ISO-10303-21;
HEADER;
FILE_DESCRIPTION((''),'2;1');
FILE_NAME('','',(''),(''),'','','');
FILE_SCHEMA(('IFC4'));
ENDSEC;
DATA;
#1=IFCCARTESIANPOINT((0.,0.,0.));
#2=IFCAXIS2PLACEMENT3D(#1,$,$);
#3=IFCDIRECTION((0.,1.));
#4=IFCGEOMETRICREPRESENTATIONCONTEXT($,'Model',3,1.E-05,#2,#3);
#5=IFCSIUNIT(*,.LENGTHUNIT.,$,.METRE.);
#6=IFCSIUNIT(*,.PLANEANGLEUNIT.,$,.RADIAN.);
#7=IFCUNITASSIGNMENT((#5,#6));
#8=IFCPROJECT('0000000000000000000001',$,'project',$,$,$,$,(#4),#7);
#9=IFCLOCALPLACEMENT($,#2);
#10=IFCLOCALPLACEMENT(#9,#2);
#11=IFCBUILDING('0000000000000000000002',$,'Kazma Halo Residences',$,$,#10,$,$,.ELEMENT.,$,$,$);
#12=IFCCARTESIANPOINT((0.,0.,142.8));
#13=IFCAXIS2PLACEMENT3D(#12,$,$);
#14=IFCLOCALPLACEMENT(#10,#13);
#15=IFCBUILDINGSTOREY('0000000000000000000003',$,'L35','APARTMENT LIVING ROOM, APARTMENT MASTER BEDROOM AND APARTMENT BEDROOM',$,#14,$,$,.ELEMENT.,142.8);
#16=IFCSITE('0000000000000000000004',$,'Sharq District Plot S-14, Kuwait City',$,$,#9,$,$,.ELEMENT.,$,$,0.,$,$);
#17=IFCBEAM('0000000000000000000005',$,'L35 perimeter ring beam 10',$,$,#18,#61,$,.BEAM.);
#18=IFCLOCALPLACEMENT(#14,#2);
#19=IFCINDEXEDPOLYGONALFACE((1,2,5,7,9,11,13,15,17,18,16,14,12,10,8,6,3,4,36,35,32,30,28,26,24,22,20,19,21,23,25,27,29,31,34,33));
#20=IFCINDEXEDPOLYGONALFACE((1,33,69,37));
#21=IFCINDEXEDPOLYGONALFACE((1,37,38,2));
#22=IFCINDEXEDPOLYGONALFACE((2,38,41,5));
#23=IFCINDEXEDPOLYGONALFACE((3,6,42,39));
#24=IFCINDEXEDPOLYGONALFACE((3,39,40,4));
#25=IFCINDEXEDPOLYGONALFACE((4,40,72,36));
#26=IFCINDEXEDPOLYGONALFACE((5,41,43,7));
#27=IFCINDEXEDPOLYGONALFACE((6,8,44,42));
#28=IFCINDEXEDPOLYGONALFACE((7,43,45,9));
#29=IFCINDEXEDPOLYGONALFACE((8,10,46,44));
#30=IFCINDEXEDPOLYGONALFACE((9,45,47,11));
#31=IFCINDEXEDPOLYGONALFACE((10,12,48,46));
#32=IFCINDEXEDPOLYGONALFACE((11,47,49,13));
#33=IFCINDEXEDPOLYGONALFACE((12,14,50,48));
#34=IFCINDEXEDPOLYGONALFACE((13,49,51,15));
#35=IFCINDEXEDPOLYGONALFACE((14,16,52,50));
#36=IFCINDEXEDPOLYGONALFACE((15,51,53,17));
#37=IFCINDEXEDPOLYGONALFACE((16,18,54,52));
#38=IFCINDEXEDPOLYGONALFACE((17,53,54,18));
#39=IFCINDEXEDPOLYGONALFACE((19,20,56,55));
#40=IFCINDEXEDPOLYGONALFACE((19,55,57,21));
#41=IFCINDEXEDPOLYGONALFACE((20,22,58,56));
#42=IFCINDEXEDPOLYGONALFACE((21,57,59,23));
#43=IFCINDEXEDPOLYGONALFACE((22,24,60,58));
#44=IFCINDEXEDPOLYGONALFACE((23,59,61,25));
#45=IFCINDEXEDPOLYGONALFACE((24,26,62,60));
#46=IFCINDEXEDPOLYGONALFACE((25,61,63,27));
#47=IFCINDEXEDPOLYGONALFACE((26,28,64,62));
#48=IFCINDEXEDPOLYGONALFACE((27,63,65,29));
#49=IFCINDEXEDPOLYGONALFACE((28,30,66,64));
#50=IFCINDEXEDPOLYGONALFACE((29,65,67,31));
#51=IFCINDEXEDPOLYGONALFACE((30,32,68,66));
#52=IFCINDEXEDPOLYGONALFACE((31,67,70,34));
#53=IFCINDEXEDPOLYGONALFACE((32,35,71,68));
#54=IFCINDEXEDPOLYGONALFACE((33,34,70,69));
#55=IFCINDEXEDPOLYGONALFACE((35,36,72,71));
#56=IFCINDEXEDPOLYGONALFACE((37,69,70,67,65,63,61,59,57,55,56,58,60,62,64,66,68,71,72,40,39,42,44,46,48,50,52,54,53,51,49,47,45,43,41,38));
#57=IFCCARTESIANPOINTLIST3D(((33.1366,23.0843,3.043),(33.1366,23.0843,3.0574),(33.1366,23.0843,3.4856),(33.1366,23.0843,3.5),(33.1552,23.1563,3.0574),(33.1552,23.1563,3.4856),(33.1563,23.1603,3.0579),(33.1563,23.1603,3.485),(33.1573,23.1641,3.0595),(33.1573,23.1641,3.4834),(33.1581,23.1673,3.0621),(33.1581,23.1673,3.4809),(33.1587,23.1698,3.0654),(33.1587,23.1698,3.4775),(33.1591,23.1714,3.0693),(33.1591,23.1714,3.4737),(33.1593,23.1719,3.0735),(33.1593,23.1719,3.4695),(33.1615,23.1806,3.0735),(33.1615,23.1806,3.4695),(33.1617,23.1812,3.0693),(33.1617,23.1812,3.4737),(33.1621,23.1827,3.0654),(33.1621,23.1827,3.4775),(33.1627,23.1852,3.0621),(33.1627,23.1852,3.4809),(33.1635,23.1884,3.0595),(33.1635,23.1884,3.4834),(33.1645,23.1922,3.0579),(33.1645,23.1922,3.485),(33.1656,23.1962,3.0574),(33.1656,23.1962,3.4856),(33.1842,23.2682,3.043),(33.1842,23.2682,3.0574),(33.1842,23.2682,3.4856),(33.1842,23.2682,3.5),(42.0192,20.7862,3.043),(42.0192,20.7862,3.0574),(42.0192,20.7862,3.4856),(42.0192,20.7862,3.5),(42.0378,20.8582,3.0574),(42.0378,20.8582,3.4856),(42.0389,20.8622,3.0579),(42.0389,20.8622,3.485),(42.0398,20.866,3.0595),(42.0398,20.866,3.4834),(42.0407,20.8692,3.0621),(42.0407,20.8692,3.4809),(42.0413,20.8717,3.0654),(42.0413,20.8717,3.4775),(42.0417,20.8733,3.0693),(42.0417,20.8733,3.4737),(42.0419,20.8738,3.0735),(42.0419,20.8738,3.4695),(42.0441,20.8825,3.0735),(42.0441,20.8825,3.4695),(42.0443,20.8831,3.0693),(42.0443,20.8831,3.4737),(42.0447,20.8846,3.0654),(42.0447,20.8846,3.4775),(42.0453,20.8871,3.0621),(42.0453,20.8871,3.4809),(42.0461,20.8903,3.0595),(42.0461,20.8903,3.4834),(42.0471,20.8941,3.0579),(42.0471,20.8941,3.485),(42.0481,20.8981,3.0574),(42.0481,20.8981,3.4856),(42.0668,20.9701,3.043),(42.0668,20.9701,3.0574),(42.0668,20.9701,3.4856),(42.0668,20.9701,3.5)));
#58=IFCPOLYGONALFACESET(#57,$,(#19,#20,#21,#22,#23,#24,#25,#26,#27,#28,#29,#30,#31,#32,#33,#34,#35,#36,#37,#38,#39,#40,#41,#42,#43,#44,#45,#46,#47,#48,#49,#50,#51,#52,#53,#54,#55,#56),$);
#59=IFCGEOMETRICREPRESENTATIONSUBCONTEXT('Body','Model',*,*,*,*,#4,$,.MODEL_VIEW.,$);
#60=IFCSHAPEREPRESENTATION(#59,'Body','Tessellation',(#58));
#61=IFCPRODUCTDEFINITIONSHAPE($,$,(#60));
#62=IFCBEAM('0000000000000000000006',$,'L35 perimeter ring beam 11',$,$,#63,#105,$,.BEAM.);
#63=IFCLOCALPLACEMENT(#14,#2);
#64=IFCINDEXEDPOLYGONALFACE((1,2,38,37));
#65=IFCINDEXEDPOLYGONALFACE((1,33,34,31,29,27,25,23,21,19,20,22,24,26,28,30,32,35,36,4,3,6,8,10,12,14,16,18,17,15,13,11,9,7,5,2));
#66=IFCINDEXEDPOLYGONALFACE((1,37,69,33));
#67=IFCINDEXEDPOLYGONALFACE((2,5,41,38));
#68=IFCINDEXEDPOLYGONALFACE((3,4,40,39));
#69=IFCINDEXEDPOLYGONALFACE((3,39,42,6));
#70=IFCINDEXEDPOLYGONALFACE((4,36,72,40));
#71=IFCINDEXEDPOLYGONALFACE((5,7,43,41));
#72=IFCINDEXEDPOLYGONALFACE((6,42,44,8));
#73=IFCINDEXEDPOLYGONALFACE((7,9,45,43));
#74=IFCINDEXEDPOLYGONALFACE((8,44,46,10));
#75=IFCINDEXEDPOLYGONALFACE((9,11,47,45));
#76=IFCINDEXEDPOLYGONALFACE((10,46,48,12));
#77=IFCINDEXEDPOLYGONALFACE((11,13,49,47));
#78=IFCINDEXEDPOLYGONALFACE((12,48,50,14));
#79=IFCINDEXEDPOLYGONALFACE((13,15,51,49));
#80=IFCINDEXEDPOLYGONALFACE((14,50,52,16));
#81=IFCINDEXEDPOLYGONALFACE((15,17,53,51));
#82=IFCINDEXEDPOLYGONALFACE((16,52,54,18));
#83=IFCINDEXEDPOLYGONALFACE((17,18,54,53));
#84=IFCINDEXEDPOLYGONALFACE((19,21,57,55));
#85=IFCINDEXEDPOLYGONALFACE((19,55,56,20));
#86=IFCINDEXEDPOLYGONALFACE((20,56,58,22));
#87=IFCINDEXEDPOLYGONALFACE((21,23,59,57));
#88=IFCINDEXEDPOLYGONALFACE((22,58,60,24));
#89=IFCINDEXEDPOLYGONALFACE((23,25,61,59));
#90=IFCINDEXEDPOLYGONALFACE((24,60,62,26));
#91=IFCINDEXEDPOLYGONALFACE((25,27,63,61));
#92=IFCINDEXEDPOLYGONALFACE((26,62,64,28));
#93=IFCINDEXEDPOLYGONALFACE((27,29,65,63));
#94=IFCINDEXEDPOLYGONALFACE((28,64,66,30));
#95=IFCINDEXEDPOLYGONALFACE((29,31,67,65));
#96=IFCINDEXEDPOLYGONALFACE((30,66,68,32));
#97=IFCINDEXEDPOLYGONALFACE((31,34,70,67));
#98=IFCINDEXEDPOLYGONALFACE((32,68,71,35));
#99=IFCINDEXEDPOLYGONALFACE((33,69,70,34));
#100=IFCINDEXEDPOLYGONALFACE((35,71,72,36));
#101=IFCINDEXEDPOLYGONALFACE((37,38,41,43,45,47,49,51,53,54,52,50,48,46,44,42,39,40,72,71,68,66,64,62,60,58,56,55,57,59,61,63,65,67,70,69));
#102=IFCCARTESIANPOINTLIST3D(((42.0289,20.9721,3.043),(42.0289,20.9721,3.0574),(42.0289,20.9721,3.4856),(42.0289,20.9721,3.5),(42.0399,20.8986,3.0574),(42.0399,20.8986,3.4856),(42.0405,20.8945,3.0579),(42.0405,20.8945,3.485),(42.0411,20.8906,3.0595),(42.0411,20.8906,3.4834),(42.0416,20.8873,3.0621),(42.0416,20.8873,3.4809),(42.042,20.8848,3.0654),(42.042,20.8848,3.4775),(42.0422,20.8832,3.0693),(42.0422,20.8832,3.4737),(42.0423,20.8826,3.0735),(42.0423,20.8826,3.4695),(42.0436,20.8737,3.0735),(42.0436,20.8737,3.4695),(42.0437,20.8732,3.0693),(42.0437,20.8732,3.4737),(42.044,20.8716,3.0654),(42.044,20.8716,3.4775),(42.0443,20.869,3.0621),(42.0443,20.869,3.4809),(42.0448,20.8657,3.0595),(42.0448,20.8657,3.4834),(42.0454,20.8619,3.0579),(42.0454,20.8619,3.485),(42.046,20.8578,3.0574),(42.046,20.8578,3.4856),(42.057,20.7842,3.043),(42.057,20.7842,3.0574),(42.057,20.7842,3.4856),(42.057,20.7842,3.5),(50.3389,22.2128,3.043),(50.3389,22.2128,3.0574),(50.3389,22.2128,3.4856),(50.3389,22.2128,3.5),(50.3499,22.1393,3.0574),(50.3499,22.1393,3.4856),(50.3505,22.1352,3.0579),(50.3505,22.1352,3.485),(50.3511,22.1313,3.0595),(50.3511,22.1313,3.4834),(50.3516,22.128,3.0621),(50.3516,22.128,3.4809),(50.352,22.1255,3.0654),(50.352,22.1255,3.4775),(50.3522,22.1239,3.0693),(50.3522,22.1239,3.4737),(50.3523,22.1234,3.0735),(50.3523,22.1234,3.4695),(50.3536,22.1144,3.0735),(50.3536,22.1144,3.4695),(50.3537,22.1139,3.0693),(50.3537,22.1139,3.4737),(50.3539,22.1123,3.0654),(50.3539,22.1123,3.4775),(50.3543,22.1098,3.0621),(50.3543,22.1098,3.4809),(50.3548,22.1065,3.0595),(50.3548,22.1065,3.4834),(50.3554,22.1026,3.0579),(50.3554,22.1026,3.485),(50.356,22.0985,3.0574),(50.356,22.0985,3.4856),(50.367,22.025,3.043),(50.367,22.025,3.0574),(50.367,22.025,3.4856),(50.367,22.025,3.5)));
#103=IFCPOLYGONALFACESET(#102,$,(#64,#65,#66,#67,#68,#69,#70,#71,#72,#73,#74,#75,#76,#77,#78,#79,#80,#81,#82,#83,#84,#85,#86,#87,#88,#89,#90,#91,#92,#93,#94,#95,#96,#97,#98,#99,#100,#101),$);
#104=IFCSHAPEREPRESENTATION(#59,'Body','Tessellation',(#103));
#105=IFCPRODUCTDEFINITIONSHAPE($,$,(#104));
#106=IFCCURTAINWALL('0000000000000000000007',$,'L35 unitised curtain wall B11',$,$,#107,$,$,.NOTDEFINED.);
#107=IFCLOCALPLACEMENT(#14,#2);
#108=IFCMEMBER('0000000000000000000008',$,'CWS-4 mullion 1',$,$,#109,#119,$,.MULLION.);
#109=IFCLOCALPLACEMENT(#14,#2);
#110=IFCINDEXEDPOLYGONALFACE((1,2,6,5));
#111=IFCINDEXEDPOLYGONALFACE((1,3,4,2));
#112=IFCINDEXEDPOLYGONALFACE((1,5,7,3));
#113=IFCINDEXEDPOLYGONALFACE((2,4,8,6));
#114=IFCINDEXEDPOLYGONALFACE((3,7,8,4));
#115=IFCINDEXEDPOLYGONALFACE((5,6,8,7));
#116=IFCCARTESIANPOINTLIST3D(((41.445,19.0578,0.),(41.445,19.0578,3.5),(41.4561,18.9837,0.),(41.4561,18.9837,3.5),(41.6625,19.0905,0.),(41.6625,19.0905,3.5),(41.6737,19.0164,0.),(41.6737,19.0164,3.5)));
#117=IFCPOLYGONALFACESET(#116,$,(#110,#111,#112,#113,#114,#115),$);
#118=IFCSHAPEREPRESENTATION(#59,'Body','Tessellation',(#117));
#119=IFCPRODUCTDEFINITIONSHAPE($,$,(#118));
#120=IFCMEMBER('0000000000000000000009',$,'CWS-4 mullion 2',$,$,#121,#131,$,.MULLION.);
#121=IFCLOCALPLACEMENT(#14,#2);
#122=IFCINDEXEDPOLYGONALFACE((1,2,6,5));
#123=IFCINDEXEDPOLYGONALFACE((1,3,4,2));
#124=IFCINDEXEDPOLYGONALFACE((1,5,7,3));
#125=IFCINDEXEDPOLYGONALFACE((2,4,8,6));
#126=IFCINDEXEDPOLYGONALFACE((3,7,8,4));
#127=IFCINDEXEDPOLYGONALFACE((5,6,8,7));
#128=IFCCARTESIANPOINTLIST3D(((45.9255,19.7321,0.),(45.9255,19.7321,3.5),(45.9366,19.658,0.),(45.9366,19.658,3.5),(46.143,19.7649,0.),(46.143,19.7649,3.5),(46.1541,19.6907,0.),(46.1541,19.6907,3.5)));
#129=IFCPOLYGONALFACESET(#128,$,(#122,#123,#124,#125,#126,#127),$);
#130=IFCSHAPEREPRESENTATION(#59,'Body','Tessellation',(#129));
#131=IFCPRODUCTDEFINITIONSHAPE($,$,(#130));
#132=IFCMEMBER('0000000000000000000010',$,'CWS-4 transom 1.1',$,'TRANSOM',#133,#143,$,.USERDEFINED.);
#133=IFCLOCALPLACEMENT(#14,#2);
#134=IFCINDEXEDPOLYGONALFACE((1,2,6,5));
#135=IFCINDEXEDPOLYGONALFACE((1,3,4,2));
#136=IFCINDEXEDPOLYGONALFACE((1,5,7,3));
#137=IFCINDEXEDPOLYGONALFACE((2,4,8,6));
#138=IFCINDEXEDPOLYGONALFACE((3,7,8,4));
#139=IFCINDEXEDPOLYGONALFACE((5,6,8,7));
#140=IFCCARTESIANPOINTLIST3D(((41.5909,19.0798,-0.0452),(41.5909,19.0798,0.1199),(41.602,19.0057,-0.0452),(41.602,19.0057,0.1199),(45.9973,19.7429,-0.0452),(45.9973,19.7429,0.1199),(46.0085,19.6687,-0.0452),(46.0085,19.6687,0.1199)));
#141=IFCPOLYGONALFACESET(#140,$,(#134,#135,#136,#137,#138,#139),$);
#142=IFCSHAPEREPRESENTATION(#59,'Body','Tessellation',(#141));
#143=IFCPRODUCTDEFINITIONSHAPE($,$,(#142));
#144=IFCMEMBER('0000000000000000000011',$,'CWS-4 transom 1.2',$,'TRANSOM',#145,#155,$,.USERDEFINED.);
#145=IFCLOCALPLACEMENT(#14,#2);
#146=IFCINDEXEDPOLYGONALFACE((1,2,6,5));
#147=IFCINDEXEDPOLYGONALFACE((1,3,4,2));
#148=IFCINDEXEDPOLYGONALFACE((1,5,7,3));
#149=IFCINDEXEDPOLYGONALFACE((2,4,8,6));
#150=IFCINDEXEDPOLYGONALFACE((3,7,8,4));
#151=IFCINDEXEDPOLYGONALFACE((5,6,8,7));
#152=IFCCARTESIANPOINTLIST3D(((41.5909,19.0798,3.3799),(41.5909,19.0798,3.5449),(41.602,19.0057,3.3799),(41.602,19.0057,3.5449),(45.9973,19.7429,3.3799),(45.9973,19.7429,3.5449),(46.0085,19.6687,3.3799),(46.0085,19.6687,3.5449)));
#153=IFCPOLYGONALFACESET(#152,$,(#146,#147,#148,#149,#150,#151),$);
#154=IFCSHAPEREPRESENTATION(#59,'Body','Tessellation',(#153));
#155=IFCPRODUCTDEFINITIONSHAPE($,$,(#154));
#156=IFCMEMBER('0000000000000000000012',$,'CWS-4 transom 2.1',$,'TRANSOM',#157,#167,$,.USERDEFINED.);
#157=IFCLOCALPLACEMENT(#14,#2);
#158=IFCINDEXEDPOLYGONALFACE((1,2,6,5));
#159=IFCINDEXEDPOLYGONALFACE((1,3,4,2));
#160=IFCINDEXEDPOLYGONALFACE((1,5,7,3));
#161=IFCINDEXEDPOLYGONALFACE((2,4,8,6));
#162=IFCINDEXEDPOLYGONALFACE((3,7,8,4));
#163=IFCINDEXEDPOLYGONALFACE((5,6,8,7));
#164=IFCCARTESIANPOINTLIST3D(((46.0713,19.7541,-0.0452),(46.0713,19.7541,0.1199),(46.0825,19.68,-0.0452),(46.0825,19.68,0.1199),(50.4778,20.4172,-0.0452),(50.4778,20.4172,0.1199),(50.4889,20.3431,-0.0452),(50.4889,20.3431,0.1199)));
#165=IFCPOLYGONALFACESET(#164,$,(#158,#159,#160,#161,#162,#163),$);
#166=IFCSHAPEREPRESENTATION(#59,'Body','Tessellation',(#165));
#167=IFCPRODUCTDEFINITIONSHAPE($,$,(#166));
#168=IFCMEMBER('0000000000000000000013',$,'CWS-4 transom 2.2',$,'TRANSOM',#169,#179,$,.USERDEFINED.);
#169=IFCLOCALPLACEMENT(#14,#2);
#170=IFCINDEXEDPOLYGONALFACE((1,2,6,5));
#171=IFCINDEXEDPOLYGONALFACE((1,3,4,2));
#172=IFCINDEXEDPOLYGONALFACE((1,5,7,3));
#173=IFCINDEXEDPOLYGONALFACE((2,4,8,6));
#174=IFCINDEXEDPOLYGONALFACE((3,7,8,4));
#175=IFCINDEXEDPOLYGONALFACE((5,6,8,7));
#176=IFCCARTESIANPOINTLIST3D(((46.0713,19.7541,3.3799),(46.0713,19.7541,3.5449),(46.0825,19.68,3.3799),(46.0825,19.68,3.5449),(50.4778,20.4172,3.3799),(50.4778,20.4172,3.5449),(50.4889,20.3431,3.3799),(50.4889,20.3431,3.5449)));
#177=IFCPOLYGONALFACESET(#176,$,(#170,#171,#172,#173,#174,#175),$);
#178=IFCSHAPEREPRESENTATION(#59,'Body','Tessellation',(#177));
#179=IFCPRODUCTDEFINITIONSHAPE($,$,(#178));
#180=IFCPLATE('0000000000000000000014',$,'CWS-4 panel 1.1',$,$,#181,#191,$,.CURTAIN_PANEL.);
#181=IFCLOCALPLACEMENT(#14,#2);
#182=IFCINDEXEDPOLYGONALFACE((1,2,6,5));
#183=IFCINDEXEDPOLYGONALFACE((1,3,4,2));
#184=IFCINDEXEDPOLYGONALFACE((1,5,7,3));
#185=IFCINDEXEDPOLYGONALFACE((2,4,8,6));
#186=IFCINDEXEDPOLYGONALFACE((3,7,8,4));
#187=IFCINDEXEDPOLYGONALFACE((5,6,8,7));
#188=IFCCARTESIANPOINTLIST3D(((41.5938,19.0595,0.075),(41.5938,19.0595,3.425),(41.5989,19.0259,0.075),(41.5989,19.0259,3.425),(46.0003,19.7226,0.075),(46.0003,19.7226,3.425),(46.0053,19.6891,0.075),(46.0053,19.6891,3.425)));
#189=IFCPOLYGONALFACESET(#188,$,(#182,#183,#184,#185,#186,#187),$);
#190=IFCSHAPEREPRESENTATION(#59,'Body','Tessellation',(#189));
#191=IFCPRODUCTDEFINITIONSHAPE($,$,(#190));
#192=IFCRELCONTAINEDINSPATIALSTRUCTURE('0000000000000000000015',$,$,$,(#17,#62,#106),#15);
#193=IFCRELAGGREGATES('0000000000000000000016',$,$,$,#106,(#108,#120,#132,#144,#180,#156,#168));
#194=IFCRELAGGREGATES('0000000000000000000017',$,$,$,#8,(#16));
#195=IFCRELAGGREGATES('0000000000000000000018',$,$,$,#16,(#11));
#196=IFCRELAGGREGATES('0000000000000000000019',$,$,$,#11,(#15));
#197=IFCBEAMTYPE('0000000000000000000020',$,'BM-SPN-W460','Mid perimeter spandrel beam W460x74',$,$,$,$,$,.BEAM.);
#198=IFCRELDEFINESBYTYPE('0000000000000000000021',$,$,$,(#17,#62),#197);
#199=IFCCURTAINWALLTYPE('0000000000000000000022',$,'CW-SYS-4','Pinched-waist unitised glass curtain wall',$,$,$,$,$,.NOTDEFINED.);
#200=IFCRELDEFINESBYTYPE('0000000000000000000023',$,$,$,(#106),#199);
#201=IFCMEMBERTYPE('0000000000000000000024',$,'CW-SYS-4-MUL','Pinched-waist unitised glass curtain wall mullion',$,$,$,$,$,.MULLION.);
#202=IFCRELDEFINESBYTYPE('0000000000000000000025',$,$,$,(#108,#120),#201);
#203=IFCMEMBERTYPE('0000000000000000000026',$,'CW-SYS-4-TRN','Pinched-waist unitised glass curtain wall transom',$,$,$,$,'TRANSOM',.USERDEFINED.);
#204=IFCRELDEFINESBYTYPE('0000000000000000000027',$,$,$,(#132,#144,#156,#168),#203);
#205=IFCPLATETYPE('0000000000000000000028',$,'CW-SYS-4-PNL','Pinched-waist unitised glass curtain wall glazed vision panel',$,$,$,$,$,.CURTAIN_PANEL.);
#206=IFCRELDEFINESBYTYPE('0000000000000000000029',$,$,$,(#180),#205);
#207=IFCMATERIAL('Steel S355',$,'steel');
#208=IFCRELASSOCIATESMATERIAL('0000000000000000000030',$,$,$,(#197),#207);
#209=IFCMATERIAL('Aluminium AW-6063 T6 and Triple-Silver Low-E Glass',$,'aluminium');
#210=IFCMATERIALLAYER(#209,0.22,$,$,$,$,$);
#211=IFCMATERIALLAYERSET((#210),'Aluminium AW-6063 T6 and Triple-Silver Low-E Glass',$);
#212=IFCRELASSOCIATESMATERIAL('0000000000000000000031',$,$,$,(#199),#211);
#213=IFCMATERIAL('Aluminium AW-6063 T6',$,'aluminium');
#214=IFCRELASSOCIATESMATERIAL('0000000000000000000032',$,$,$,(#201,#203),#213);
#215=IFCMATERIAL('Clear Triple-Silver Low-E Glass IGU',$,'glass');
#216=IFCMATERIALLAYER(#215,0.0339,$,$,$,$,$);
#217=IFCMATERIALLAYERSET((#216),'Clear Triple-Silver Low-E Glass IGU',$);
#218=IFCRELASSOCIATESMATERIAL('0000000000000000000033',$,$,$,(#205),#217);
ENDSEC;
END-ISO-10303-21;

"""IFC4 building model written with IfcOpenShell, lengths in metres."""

from ifc_helpers import new_model, si_unit, direction, frame, origin, origin_2d, place, context, subcontext, project, spatial, rectangle, i_section, extrude, material, layer, layer_set, material_profile, profile_set, type_object, element, aggregate, save


model = new_model("IFC4")

# Units and contexts
model_context = context("Model", 3, precision=1e-05, world=origin(), true_north=direction((0.0, 1.0)))
body_context = subcontext(model_context, "Body", "Model", "MODEL_VIEW")
ifc_project = project(units=[si_unit("LENGTHUNIT", "METRE"), si_unit("PLANEANGLEUNIT", "RADIAN")], contexts=[model_context])

# Site, building, storey
site_placement = place(None, origin())
site = spatial("IfcSite", under=ifc_project, at=site_placement, Name="Sharq District Plot S-14, Kuwait City", CompositionType="ELEMENT", RefElevation=0.0)
building_placement = place(site_placement, origin())
building = spatial("IfcBuilding", under=site, at=building_placement, Name="Kazma Halo Residences", CompositionType="ELEMENT")
storey_placement = place(building_placement, frame((0.0, 0.0, 142.8)))
storey = spatial("IfcBuildingStorey", under=building, at=storey_placement, Name="L35", Description="APARTMENT LIVING ROOM, APARTMENT MASTER BEDROOM AND APARTMENT BEDROOM", CompositionType="ELEMENT", Elevation=142.8)

# Beams
ifc_material_1 = material(Name="Steel S355", Category="steel")
ifc_material_profile_1 = material_profile(ifc_material_1, i_section(OverallWidth=0.1899, OverallDepth=0.457, WebThickness=0.009, FlangeThickness=0.0144, FilletRadius=0.0161, at=origin_2d()), Name="W460x74")
ifc_profile_set_1 = profile_set([ifc_material_profile_1], Name="Steel S355")
beam_type_1 = type_object("IfcBeamType", Name="BM-SPN-W460", Description="Mid perimeter spandrel beam W460x74", PredefinedType="BEAM", material=ifc_profile_set_1)
beam_1_placement = place(storey_placement, frame((33.1604, 23.1763, 3.2715), z_axis=(0.968124, -0.250473, 0.0), x_axis=(0.250473, 0.968124, 0.0)))
element("IfcBeam", 1, at=beam_1_placement, inside=storey, type_object=beam_type_1, Name="L35 perimeter ring beam 10", PredefinedType="BEAM", context=body_context, shape_type="SweptSolid", body=[
    extrude(i_section(OverallWidth=0.1899, OverallDepth=0.457, WebThickness=0.009, FlangeThickness=0.0144, FilletRadius=0.0161, at=origin_2d()), origin(), (0.0, 0.0, 1.0), 9.175),
])
beam_2_placement = place(storey_placement, frame((42.043, 20.8782, 3.2715), z_axis=(0.989037, 0.147667, 0.0), x_axis=(-0.147667, 0.989037, 0.0)))
element("IfcBeam", 2, at=beam_2_placement, inside=storey, type_object=beam_type_1, Name="L35 perimeter ring beam 11", PredefinedType="BEAM", context=body_context, shape_type="SweptSolid", body=[
    extrude(i_section(OverallWidth=0.1899, OverallDepth=0.457, WebThickness=0.009, FlangeThickness=0.0144, FilletRadius=0.0161, at=origin_2d()), origin(), (0.0, 0.0, 1.0), 8.4021),
])

# Curtain wall, members, plate
ifc_material_2 = material(Name="Aluminium AW-6063 T6 and Triple-Silver Low-E Glass", Category="aluminium")
ifc_layer_1 = layer(ifc_material_2, 0.22)
ifc_layer_set_1 = layer_set([ifc_layer_1], Name="Aluminium AW-6063 T6 and Triple-Silver Low-E Glass")
curtain_wall_type = type_object("IfcCurtainWallType", Name="CW-SYS-4", Description="Pinched-waist unitised glass curtain wall", PredefinedType="NOTDEFINED", material=ifc_layer_set_1)
curtain_wall_placement = place(storey_placement, origin())
curtain_wall = element("IfcCurtainWall", 3, at=curtain_wall_placement, inside=storey, type_object=curtain_wall_type, Name="L35 unitised curtain wall B11", PredefinedType="NOTDEFINED")
ifc_material_3 = material(Name="Aluminium AW-6063 T6", Category="aluminium")
ifc_material_profile_2 = material_profile(ifc_material_3, rectangle(XDim=0.075, YDim=0.22, at=origin_2d()), Name="CWM-75x220")
ifc_profile_set_2 = profile_set([ifc_material_profile_2], Name="Aluminium AW-6063 T6")
member_type_1 = type_object("IfcMemberType", Name="CW-SYS-4-MUL", Description="Pinched-waist unitised glass curtain wall mullion", PredefinedType="MULLION", material=ifc_profile_set_2)
member_1_placement = place(storey_placement, frame((41.5593, 19.0371, 0.0), z_axis=(0.0, 0.0, 1.0), x_axis=(-0.148821, 0.988864, 0.0)))
member_1 = element("IfcMember", 4, at=member_1_placement, type_object=member_type_1, Name="CWS-4 mullion 1", PredefinedType="MULLION", context=body_context, shape_type="SweptSolid", body=[
    extrude(rectangle(XDim=0.075, YDim=0.22, at=origin_2d()), origin(), (0.0, 0.0, 1.0), 3.5),
])
member_2_placement = place(storey_placement, frame((46.0398, 19.7114, 0.0), z_axis=(0.0, 0.0, 1.0), x_axis=(-0.148821, 0.988864, 0.0)))
member_2 = element("IfcMember", 5, at=member_2_placement, type_object=member_type_1, Name="CWS-4 mullion 2", PredefinedType="MULLION", context=body_context, shape_type="SweptSolid", body=[
    extrude(rectangle(XDim=0.075, YDim=0.22, at=origin_2d()), origin(), (0.0, 0.0, 1.0), 3.5),
])
ifc_material_profile_3 = material_profile(ifc_material_3, rectangle(XDim=0.075, YDim=0.165, at=origin_2d()), Name="CWT-75x165")
ifc_profile_set_3 = profile_set([ifc_material_profile_3], Name="Aluminium AW-6063 T6")
member_type_2 = type_object("IfcMemberType", Name="CW-SYS-4-TRN", Description="Pinched-waist unitised glass curtain wall transom", ElementType="TRANSOM", PredefinedType="USERDEFINED", material=ifc_profile_set_3)
member_3_placement = place(storey_placement, frame((41.5964, 19.0427, 0.0374), z_axis=(0.988867, 0.148804, 0.0), x_axis=(-0.148804, 0.988867, 0.0)))
member_3 = element("IfcMember", 6, at=member_3_placement, type_object=member_type_2, Name="CWS-4 transom 1.1", ObjectType="TRANSOM", PredefinedType="USERDEFINED", context=body_context, shape_type="SweptSolid", body=[
    extrude(rectangle(XDim=0.075, YDim=0.165, at=origin_2d()), origin(), (0.0, 0.0, 1.0), 4.4561),
])
member_4_placement = place(storey_placement, frame((41.5964, 19.0427, 3.4624), z_axis=(0.988867, 0.148804, 0.0), x_axis=(-0.148804, 0.988867, 0.0)))
member_4 = element("IfcMember", 7, at=member_4_placement, type_object=member_type_2, Name="CWS-4 transom 1.2", ObjectType="TRANSOM", PredefinedType="USERDEFINED", context=body_context, shape_type="SweptSolid", body=[
    extrude(rectangle(XDim=0.075, YDim=0.165, at=origin_2d()), origin(), (0.0, 0.0, 1.0), 4.4561),
])
member_5_placement = place(storey_placement, frame((46.0769, 19.717, 0.0374), z_axis=(0.988867, 0.148804, 0.0), x_axis=(-0.148804, 0.988867, 0.0)))
member_5 = element("IfcMember", 8, at=member_5_placement, type_object=member_type_2, Name="CWS-4 transom 2.1", ObjectType="TRANSOM", PredefinedType="USERDEFINED", context=body_context, shape_type="SweptSolid", body=[
    extrude(rectangle(XDim=0.075, YDim=0.165, at=origin_2d()), origin(), (0.0, 0.0, 1.0), 4.4561),
])
member_6_placement = place(storey_placement, frame((46.0769, 19.717, 3.4624), z_axis=(0.988867, 0.148804, 0.0), x_axis=(-0.148804, 0.988867, 0.0)))
member_6 = element("IfcMember", 9, at=member_6_placement, type_object=member_type_2, Name="CWS-4 transom 2.2", ObjectType="TRANSOM", PredefinedType="USERDEFINED", context=body_context, shape_type="SweptSolid", body=[
    extrude(rectangle(XDim=0.075, YDim=0.165, at=origin_2d()), origin(), (0.0, 0.0, 1.0), 4.4561),
])
ifc_material_4 = material(Name="Clear Triple-Silver Low-E Glass IGU", Category="glass")
ifc_layer_2 = layer(ifc_material_4, 0.0339)
ifc_layer_set_2 = layer_set([ifc_layer_2], Name="Clear Triple-Silver Low-E Glass IGU")
plate_type = type_object("IfcPlateType", Name="CW-SYS-4-PNL", Description="Pinched-waist unitised glass curtain wall glazed vision panel", PredefinedType="CURTAIN_PANEL", material=ifc_layer_set_2)
plate_placement = place(storey_placement, frame((43.7996, 19.3743, 0.075), z_axis=(0.0, 0.0, 1.0), x_axis=(0.988864, 0.148821, 0.0)))
plate = element("IfcPlate", 10, at=plate_placement, type_object=plate_type, Name="CWS-4 panel 1.1", PredefinedType="CURTAIN_PANEL", context=body_context, shape_type="SweptSolid", body=[
    extrude(rectangle(XDim=4.4561, YDim=0.0339, at=origin_2d()), origin(), (0.0, 0.0, 1.0), 3.3501),
])
aggregate(curtain_wall, [member_1, member_2, member_3, member_4, plate, member_5, member_6])

save(model, "model.ifc")
